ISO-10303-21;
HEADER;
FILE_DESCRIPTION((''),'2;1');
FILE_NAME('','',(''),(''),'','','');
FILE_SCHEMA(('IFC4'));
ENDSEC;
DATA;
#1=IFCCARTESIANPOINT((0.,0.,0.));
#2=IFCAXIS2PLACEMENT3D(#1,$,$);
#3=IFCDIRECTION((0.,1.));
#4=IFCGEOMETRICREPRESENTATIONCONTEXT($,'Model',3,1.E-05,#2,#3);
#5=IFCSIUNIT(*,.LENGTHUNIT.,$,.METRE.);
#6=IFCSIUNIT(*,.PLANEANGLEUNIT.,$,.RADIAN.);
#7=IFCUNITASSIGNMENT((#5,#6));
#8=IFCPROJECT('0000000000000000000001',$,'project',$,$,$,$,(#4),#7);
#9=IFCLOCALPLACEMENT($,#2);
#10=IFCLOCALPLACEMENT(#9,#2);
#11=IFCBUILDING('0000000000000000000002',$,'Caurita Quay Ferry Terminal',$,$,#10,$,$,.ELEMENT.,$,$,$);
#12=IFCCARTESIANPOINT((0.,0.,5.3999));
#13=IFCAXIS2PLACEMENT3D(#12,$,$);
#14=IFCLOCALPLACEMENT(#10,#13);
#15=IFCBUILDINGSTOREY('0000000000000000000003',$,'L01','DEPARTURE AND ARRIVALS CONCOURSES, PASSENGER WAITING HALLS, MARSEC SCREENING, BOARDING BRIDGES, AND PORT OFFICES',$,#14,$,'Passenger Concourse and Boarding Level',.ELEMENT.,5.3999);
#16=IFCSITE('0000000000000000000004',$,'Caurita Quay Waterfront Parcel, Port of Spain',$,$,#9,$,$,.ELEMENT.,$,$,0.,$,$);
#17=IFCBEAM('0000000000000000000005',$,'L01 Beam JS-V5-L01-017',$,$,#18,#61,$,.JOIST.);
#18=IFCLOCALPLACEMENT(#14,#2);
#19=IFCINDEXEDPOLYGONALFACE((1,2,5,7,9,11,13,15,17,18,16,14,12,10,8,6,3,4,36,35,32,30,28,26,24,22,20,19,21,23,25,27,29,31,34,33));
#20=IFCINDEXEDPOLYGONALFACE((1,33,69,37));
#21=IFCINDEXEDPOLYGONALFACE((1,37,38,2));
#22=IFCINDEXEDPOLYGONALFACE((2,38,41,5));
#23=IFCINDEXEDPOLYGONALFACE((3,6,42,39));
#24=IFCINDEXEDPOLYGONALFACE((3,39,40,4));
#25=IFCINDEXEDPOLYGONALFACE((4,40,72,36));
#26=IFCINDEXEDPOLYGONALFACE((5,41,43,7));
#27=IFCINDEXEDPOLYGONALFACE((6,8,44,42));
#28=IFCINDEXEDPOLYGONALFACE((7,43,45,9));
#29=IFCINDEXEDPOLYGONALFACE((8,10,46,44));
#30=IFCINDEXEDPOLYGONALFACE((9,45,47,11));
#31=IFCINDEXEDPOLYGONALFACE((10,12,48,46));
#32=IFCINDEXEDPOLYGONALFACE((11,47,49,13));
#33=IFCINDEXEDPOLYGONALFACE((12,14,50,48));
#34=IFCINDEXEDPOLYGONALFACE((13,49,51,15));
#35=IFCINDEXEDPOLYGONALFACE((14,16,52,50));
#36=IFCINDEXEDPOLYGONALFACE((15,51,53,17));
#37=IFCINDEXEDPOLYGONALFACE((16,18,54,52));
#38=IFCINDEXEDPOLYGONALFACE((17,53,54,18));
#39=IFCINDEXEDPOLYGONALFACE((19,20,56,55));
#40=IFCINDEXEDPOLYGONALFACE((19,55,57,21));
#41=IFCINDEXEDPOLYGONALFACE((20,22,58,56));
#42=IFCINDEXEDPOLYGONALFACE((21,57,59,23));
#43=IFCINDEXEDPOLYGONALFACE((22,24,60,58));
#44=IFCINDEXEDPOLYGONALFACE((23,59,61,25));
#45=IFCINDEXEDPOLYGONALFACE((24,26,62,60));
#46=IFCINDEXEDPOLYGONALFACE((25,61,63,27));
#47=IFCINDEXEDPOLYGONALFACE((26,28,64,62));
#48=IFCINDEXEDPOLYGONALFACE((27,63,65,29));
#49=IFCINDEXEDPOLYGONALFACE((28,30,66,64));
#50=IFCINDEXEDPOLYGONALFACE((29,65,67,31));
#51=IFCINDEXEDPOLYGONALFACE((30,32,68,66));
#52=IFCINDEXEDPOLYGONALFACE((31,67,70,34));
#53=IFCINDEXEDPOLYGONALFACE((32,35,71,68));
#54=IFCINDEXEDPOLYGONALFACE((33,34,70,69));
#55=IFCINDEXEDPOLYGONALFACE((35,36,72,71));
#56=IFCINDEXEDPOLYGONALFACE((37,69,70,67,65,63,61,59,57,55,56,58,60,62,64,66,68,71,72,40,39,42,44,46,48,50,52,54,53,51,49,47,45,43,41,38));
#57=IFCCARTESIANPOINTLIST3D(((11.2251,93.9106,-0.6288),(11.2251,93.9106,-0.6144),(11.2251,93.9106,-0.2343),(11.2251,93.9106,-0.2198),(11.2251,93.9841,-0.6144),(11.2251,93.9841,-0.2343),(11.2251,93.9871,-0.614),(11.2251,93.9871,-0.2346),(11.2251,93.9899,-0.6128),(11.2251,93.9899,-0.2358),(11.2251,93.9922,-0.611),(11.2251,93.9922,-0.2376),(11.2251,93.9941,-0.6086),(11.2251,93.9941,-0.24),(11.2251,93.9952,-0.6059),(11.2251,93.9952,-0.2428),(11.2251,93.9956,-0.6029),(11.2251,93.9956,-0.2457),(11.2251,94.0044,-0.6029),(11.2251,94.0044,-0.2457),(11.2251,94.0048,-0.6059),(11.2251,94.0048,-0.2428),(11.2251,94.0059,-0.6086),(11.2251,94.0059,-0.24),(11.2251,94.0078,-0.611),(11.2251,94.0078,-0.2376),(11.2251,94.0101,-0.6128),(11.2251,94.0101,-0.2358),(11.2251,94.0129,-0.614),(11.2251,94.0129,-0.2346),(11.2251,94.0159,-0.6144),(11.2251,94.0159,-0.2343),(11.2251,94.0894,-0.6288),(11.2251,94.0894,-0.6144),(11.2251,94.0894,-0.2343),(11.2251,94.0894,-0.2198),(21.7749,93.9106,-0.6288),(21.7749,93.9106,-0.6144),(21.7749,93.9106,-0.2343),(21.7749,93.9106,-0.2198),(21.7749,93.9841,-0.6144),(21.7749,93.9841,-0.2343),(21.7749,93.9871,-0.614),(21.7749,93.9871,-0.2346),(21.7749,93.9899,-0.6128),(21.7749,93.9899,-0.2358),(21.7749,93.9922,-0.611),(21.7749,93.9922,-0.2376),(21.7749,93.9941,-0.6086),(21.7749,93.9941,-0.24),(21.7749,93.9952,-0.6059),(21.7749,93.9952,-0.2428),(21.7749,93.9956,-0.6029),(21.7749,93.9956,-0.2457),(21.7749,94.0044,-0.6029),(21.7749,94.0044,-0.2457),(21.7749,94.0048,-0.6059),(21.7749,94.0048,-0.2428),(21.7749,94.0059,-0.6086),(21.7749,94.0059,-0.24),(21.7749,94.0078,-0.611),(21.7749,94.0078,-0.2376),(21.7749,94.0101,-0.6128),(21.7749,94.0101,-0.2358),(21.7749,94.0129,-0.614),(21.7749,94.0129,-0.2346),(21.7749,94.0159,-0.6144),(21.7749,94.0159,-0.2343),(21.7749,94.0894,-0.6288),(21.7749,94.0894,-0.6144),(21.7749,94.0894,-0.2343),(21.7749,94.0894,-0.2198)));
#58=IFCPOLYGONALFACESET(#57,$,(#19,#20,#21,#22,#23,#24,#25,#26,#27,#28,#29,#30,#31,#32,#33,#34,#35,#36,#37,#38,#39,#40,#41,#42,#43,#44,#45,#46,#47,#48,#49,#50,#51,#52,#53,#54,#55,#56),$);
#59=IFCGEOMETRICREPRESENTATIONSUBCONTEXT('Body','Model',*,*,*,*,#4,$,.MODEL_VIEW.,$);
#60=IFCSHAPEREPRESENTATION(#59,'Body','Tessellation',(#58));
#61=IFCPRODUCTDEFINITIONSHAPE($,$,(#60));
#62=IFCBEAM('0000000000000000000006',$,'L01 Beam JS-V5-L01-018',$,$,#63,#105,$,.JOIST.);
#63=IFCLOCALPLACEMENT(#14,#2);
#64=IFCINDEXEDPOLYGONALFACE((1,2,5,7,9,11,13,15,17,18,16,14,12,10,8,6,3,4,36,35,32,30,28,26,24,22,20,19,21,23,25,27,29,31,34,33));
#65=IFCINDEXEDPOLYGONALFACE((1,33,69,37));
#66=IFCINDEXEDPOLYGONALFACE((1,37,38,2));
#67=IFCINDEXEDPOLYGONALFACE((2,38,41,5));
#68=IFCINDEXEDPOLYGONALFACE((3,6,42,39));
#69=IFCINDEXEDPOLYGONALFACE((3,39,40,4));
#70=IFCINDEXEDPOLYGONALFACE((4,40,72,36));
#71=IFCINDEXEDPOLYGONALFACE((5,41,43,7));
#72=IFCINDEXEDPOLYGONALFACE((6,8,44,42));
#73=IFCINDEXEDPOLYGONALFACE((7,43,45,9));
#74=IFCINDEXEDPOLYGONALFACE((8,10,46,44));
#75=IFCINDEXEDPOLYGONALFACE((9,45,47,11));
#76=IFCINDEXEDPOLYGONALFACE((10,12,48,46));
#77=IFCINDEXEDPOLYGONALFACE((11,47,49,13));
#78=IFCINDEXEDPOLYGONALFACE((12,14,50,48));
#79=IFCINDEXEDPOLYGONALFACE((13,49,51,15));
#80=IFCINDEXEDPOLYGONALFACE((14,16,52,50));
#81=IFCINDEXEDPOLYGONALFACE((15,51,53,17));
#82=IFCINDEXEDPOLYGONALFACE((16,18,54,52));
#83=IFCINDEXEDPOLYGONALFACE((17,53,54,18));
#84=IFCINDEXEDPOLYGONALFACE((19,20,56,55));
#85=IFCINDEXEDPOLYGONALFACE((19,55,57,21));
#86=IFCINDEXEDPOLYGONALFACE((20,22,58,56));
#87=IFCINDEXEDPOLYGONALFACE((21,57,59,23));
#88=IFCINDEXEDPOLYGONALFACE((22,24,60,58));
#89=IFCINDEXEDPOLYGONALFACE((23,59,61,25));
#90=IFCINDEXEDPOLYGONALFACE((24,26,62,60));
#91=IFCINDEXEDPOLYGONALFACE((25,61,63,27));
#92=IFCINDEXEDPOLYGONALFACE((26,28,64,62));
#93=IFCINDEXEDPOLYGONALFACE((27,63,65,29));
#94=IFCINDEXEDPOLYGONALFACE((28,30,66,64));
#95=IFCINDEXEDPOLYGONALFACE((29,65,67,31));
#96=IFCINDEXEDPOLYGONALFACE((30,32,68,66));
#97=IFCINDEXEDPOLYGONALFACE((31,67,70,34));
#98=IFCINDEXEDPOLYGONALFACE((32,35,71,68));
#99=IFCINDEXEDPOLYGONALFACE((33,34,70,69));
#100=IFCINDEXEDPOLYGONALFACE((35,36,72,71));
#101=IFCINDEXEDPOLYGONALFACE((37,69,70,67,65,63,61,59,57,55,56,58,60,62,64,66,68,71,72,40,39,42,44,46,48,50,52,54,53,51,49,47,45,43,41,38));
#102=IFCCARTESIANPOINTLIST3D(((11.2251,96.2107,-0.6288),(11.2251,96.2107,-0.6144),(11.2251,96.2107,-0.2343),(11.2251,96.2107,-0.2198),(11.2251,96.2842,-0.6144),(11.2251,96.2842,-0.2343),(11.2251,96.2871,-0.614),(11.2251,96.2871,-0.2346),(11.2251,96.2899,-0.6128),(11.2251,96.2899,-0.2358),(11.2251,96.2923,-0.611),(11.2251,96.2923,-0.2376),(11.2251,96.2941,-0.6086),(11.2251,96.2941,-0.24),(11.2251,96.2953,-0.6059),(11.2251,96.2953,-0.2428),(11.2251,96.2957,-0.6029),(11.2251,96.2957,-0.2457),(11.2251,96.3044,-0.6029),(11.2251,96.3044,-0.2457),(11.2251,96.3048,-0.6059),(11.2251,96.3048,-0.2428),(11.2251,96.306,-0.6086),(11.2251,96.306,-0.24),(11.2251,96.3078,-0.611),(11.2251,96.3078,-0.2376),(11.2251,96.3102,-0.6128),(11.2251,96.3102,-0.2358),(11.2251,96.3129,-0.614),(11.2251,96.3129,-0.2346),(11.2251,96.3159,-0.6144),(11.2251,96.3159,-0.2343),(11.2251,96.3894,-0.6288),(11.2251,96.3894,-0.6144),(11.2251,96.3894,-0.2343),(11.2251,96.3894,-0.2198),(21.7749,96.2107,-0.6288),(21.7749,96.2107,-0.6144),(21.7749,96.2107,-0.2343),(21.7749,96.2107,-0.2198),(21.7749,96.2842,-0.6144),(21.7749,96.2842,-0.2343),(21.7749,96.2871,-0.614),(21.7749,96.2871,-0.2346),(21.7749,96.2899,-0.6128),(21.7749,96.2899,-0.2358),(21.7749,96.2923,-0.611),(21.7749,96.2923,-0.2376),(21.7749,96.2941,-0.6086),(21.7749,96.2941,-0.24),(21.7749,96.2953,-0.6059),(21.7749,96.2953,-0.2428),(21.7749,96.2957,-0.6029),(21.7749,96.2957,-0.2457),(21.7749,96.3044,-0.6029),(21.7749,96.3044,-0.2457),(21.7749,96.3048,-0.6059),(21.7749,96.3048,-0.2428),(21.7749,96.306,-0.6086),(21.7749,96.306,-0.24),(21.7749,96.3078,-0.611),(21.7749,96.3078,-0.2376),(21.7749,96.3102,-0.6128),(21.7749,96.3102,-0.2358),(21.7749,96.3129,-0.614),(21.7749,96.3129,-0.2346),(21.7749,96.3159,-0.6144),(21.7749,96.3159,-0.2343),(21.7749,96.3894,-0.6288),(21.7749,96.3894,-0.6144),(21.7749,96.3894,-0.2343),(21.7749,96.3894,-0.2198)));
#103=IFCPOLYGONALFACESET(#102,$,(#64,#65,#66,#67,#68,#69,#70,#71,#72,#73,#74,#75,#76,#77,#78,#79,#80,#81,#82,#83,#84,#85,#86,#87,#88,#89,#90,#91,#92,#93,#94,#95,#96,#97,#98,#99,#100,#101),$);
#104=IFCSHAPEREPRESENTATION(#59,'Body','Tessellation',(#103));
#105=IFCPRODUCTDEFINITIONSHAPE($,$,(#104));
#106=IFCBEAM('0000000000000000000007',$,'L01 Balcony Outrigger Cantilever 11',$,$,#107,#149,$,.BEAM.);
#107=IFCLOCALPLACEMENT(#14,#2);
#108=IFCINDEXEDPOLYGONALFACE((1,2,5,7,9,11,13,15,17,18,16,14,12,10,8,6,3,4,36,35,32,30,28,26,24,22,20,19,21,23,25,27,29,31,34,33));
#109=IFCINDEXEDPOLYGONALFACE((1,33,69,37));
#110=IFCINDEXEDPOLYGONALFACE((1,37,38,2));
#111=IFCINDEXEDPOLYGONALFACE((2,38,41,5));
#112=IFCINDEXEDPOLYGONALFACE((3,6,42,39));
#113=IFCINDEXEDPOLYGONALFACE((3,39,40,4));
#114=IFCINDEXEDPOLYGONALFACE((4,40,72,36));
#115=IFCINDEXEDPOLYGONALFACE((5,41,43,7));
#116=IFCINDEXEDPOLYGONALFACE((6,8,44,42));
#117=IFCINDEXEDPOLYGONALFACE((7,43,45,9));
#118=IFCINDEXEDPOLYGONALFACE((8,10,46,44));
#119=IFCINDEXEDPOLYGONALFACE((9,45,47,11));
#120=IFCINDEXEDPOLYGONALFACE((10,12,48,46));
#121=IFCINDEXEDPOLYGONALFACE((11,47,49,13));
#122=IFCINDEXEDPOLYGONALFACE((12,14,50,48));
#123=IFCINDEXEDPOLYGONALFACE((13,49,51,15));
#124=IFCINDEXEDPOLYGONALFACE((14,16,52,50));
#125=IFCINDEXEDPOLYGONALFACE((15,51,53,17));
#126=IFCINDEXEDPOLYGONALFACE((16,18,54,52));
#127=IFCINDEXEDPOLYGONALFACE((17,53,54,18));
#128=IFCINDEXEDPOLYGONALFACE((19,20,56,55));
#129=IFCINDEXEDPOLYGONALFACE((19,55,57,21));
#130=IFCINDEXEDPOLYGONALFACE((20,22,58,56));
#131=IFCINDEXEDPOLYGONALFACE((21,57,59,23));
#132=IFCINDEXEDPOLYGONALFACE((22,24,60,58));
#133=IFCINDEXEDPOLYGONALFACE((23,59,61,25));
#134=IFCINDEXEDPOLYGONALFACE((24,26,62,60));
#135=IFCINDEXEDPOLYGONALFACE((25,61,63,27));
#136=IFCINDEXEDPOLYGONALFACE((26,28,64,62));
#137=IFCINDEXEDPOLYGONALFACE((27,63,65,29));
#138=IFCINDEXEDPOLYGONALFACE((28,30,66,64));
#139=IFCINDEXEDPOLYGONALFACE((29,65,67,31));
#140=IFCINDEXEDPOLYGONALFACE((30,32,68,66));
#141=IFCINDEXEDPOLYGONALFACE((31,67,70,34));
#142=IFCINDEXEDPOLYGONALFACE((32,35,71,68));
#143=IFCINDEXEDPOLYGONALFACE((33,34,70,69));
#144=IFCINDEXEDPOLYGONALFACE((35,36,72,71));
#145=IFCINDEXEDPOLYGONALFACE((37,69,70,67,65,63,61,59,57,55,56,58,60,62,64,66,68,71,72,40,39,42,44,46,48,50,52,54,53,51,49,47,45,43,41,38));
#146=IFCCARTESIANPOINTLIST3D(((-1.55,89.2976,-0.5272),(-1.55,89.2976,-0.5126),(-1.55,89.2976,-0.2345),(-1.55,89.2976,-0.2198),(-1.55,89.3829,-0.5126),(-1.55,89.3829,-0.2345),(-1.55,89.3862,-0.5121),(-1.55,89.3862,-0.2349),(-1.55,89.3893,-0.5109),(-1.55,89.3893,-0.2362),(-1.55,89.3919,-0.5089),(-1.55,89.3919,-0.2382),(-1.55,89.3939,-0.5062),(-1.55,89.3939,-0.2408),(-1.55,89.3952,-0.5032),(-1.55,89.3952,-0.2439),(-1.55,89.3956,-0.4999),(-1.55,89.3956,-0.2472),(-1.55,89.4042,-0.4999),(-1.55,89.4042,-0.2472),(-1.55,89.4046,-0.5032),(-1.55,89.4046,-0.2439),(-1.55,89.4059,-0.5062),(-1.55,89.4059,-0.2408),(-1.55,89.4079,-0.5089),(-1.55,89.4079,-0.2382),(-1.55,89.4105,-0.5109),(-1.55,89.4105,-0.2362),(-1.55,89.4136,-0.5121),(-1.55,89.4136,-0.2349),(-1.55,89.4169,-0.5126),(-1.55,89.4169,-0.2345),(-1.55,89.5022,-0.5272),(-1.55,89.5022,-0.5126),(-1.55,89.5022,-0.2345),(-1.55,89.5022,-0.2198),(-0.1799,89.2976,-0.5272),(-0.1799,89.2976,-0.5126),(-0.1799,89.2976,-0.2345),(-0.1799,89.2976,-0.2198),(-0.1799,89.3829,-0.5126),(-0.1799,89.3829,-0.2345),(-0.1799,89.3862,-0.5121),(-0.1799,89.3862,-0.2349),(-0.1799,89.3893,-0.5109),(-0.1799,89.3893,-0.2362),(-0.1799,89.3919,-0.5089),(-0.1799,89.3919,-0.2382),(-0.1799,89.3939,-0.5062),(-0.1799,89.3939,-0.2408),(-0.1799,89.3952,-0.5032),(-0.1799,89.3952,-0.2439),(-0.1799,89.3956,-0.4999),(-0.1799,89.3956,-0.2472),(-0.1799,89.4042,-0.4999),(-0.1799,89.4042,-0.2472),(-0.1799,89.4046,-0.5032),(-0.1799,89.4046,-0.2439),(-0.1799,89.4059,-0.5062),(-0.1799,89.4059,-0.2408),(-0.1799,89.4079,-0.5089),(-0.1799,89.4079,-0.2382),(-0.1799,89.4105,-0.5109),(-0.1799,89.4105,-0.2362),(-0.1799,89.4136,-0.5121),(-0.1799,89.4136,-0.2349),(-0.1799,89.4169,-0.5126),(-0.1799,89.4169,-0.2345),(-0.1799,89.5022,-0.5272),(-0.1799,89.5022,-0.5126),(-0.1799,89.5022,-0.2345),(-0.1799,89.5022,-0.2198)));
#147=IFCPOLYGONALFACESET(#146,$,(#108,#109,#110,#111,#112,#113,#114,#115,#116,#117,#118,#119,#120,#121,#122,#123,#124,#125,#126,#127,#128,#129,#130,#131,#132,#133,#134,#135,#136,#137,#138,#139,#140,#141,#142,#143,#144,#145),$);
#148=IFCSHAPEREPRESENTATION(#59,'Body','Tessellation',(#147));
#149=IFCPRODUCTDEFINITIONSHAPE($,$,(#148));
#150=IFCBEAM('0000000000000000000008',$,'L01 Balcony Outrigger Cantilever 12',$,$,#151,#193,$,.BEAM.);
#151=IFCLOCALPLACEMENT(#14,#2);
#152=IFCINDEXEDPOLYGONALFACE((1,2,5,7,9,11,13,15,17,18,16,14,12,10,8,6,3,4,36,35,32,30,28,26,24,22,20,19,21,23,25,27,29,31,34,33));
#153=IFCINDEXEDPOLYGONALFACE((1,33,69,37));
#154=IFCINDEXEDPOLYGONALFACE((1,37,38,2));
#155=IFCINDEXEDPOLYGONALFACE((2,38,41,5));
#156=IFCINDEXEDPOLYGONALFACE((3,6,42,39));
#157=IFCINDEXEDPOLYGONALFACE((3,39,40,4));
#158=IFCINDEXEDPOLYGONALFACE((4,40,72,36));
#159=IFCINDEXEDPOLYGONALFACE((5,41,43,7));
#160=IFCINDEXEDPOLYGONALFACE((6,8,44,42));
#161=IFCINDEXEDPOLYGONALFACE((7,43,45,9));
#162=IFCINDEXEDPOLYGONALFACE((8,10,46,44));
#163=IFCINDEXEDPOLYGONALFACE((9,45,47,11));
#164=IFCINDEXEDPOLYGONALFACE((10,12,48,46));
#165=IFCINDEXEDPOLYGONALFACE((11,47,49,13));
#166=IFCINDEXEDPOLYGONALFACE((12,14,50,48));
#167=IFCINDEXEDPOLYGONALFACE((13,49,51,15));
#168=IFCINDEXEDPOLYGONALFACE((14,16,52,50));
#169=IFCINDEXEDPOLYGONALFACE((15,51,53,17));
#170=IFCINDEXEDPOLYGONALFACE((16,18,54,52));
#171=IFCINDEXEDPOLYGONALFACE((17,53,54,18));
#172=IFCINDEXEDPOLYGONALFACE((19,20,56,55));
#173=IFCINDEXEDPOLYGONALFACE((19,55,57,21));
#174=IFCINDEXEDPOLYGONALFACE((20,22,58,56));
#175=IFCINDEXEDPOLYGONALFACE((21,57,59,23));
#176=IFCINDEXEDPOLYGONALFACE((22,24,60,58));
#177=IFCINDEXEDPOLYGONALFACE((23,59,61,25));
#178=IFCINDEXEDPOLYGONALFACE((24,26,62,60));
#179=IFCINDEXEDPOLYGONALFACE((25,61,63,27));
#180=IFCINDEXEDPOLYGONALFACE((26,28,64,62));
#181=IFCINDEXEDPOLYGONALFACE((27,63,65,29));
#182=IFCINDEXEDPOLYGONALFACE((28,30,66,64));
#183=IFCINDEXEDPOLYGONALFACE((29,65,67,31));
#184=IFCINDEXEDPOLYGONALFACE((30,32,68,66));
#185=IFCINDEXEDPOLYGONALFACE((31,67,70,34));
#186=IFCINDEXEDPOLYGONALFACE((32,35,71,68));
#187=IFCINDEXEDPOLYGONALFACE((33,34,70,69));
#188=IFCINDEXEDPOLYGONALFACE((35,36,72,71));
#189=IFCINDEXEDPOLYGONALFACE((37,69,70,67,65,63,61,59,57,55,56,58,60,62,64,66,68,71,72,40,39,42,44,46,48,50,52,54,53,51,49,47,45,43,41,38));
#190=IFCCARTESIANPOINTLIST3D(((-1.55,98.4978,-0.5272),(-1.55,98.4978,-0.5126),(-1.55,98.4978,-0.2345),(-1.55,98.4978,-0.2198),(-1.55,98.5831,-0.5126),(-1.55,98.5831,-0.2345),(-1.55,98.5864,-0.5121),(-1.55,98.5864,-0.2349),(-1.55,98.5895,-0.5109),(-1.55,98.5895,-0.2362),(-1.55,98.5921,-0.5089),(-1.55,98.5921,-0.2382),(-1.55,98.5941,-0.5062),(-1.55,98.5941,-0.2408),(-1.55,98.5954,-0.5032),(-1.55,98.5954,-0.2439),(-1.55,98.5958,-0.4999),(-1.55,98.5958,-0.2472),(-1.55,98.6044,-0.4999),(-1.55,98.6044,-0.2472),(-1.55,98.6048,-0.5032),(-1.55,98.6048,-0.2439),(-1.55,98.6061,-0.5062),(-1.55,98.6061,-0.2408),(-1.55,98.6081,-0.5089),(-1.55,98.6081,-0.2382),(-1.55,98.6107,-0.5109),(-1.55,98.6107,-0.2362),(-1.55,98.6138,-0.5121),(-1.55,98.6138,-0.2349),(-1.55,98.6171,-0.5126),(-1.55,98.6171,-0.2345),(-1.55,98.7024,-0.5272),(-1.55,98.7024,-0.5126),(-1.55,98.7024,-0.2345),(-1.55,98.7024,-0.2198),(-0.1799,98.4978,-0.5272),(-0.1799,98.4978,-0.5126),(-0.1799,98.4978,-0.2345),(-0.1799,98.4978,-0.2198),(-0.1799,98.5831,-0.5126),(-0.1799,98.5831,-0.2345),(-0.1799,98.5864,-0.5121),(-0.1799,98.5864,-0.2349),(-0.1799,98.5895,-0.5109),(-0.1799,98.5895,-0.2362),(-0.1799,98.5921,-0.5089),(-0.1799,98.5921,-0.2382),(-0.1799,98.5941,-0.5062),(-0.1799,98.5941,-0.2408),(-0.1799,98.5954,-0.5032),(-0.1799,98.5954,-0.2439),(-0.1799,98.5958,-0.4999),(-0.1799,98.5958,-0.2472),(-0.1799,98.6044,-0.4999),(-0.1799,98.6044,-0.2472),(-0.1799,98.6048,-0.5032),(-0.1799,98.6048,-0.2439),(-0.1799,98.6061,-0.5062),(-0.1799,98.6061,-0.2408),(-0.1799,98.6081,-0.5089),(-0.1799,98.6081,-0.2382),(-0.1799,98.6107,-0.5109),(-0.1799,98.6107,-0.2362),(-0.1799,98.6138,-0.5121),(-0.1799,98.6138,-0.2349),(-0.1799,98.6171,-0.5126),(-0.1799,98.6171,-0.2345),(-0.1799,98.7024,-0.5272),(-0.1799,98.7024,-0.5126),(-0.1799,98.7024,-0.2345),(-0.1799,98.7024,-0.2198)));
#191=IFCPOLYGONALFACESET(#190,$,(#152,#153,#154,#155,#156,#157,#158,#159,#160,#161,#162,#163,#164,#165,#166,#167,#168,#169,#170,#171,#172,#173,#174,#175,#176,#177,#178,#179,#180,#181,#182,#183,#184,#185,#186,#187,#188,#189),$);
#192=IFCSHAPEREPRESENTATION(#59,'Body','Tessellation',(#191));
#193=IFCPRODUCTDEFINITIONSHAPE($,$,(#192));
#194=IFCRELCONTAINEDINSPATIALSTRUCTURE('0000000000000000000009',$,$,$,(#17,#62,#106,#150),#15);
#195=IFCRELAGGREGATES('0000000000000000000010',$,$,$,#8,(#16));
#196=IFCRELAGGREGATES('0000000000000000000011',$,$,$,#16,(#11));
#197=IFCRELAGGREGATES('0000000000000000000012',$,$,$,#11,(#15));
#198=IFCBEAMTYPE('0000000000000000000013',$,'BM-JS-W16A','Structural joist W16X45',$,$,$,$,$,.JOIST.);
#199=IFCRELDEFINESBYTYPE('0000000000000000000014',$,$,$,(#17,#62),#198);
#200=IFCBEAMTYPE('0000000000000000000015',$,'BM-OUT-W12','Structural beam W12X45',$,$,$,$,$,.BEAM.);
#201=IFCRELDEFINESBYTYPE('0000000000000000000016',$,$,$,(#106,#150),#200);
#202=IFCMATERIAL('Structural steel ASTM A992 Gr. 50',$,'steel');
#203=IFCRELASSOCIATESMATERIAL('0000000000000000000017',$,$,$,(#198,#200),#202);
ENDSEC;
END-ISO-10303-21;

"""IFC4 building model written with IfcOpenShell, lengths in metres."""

from ifc_helpers import new_model, si_unit, direction, frame, origin, origin_2d, place, context, subcontext, project, spatial, i_section, extrude, material, material_profile, profile_set, type_object, element, save


model = new_model("IFC4")

# Units and contexts
model_context = context("Model", 3, precision=1e-05, world=origin(), true_north=direction((0.0, 1.0)))
body_context = subcontext(model_context, "Body", "Model", "MODEL_VIEW")
ifc_project = project(units=[si_unit("LENGTHUNIT", "METRE"), si_unit("PLANEANGLEUNIT", "RADIAN")], contexts=[model_context])

# Site, building, storey
site_placement = place(None, origin())
site = spatial("IfcSite", under=ifc_project, at=site_placement, Name="Caurita Quay Waterfront Parcel, Port of Spain", CompositionType="ELEMENT", RefElevation=0.0)
building_placement = place(site_placement, origin())
building = spatial("IfcBuilding", under=site, at=building_placement, Name="Caurita Quay Ferry Terminal", CompositionType="ELEMENT")
storey_placement = place(building_placement, frame((0.0, 0.0, 5.3999)))
storey = spatial("IfcBuildingStorey", under=building, at=storey_placement, Name="L01", Description="DEPARTURE AND ARRIVALS CONCOURSES, PASSENGER WAITING HALLS, MARSEC SCREENING, BOARDING BRIDGES, AND PORT OFFICES", LongName="Passenger Concourse and Boarding Level", CompositionType="ELEMENT", Elevation=5.3999)

# Beams
ifc_material_1 = material(Name="Structural steel ASTM A992 Gr. 50", Category="steel")
ifc_material_profile_1 = material_profile(ifc_material_1, i_section(OverallWidth=0.1787, OverallDepth=0.4089, WebThickness=0.0088, FlangeThickness=0.0144, FilletRadius=0.0115, at=origin_2d()), Name="W16X45")
ifc_profile_set_1 = profile_set([ifc_material_profile_1], Name="Structural steel ASTM A992 Gr. 50")
beam_type_1 = type_object("IfcBeamType", Name="BM-JS-W16A", Description="Structural joist W16X45", PredefinedType="JOIST", material=ifc_profile_set_1)
for number, where, z_axis, x_axis, name in (
    (1, (11.2251, 94.0, -0.4243), (1.0, 0.0, 0.0), (0.0, 1.0, 0.0), "L01 Beam JS-V5-L01-017"),
    (2, (11.2251, 96.3, -0.4243), (1.0, 0.0, 0.0), (0.0, 1.0, 0.0), "L01 Beam JS-V5-L01-018"),
):
    element("IfcBeam", number, at=place(storey_placement, frame(where, z_axis=z_axis, x_axis=x_axis)), inside=storey, type_object=beam_type_1, Name=name, PredefinedType="JOIST", context=body_context, shape_type="SweptSolid", body=[
        extrude(i_section(OverallWidth=0.1787, OverallDepth=0.4089, WebThickness=0.0088, FlangeThickness=0.0144, FilletRadius=0.0115, at=origin_2d()), origin(), (0.0, 0.0, 1.0), 10.5498),
    ])
ifc_material_profile_2 = material_profile(ifc_material_1, i_section(OverallWidth=0.2046, OverallDepth=0.3074, WebThickness=0.0085, FlangeThickness=0.0146, FilletRadius=0.0127, at=origin_2d()), Name="W12X45")
ifc_profile_set_2 = profile_set([ifc_material_profile_2], Name="Structural steel ASTM A992 Gr. 50")
beam_type_2 = type_object("IfcBeamType", Name="BM-OUT-W12", Description="Structural beam W12X45", PredefinedType="BEAM", material=ifc_profile_set_2)
for number, where, z_axis, x_axis, name in (
    (3, (-0.1799, 89.3999, -0.3735), (-1.0, 0.0, 0.0), (0.0, -1.0, 0.0), "L01 Balcony Outrigger Cantilever 11"),
    (4, (-0.1799, 98.6001, -0.3735), (-1.0, 0.0, 0.0), (0.0, -1.0, 0.0), "L01 Balcony Outrigger Cantilever 12"),
):
    element("IfcBeam", number, at=place(storey_placement, frame(where, z_axis=z_axis, x_axis=x_axis)), inside=storey, type_object=beam_type_2, Name=name, PredefinedType="BEAM", context=body_context, shape_type="SweptSolid", body=[
        extrude(i_section(OverallWidth=0.2046, OverallDepth=0.3074, WebThickness=0.0085, FlangeThickness=0.0146, FilletRadius=0.0127, at=origin_2d()), origin(), (0.0, 0.0, 1.0), 1.3701),
    ])

save(model, "model.ifc")
